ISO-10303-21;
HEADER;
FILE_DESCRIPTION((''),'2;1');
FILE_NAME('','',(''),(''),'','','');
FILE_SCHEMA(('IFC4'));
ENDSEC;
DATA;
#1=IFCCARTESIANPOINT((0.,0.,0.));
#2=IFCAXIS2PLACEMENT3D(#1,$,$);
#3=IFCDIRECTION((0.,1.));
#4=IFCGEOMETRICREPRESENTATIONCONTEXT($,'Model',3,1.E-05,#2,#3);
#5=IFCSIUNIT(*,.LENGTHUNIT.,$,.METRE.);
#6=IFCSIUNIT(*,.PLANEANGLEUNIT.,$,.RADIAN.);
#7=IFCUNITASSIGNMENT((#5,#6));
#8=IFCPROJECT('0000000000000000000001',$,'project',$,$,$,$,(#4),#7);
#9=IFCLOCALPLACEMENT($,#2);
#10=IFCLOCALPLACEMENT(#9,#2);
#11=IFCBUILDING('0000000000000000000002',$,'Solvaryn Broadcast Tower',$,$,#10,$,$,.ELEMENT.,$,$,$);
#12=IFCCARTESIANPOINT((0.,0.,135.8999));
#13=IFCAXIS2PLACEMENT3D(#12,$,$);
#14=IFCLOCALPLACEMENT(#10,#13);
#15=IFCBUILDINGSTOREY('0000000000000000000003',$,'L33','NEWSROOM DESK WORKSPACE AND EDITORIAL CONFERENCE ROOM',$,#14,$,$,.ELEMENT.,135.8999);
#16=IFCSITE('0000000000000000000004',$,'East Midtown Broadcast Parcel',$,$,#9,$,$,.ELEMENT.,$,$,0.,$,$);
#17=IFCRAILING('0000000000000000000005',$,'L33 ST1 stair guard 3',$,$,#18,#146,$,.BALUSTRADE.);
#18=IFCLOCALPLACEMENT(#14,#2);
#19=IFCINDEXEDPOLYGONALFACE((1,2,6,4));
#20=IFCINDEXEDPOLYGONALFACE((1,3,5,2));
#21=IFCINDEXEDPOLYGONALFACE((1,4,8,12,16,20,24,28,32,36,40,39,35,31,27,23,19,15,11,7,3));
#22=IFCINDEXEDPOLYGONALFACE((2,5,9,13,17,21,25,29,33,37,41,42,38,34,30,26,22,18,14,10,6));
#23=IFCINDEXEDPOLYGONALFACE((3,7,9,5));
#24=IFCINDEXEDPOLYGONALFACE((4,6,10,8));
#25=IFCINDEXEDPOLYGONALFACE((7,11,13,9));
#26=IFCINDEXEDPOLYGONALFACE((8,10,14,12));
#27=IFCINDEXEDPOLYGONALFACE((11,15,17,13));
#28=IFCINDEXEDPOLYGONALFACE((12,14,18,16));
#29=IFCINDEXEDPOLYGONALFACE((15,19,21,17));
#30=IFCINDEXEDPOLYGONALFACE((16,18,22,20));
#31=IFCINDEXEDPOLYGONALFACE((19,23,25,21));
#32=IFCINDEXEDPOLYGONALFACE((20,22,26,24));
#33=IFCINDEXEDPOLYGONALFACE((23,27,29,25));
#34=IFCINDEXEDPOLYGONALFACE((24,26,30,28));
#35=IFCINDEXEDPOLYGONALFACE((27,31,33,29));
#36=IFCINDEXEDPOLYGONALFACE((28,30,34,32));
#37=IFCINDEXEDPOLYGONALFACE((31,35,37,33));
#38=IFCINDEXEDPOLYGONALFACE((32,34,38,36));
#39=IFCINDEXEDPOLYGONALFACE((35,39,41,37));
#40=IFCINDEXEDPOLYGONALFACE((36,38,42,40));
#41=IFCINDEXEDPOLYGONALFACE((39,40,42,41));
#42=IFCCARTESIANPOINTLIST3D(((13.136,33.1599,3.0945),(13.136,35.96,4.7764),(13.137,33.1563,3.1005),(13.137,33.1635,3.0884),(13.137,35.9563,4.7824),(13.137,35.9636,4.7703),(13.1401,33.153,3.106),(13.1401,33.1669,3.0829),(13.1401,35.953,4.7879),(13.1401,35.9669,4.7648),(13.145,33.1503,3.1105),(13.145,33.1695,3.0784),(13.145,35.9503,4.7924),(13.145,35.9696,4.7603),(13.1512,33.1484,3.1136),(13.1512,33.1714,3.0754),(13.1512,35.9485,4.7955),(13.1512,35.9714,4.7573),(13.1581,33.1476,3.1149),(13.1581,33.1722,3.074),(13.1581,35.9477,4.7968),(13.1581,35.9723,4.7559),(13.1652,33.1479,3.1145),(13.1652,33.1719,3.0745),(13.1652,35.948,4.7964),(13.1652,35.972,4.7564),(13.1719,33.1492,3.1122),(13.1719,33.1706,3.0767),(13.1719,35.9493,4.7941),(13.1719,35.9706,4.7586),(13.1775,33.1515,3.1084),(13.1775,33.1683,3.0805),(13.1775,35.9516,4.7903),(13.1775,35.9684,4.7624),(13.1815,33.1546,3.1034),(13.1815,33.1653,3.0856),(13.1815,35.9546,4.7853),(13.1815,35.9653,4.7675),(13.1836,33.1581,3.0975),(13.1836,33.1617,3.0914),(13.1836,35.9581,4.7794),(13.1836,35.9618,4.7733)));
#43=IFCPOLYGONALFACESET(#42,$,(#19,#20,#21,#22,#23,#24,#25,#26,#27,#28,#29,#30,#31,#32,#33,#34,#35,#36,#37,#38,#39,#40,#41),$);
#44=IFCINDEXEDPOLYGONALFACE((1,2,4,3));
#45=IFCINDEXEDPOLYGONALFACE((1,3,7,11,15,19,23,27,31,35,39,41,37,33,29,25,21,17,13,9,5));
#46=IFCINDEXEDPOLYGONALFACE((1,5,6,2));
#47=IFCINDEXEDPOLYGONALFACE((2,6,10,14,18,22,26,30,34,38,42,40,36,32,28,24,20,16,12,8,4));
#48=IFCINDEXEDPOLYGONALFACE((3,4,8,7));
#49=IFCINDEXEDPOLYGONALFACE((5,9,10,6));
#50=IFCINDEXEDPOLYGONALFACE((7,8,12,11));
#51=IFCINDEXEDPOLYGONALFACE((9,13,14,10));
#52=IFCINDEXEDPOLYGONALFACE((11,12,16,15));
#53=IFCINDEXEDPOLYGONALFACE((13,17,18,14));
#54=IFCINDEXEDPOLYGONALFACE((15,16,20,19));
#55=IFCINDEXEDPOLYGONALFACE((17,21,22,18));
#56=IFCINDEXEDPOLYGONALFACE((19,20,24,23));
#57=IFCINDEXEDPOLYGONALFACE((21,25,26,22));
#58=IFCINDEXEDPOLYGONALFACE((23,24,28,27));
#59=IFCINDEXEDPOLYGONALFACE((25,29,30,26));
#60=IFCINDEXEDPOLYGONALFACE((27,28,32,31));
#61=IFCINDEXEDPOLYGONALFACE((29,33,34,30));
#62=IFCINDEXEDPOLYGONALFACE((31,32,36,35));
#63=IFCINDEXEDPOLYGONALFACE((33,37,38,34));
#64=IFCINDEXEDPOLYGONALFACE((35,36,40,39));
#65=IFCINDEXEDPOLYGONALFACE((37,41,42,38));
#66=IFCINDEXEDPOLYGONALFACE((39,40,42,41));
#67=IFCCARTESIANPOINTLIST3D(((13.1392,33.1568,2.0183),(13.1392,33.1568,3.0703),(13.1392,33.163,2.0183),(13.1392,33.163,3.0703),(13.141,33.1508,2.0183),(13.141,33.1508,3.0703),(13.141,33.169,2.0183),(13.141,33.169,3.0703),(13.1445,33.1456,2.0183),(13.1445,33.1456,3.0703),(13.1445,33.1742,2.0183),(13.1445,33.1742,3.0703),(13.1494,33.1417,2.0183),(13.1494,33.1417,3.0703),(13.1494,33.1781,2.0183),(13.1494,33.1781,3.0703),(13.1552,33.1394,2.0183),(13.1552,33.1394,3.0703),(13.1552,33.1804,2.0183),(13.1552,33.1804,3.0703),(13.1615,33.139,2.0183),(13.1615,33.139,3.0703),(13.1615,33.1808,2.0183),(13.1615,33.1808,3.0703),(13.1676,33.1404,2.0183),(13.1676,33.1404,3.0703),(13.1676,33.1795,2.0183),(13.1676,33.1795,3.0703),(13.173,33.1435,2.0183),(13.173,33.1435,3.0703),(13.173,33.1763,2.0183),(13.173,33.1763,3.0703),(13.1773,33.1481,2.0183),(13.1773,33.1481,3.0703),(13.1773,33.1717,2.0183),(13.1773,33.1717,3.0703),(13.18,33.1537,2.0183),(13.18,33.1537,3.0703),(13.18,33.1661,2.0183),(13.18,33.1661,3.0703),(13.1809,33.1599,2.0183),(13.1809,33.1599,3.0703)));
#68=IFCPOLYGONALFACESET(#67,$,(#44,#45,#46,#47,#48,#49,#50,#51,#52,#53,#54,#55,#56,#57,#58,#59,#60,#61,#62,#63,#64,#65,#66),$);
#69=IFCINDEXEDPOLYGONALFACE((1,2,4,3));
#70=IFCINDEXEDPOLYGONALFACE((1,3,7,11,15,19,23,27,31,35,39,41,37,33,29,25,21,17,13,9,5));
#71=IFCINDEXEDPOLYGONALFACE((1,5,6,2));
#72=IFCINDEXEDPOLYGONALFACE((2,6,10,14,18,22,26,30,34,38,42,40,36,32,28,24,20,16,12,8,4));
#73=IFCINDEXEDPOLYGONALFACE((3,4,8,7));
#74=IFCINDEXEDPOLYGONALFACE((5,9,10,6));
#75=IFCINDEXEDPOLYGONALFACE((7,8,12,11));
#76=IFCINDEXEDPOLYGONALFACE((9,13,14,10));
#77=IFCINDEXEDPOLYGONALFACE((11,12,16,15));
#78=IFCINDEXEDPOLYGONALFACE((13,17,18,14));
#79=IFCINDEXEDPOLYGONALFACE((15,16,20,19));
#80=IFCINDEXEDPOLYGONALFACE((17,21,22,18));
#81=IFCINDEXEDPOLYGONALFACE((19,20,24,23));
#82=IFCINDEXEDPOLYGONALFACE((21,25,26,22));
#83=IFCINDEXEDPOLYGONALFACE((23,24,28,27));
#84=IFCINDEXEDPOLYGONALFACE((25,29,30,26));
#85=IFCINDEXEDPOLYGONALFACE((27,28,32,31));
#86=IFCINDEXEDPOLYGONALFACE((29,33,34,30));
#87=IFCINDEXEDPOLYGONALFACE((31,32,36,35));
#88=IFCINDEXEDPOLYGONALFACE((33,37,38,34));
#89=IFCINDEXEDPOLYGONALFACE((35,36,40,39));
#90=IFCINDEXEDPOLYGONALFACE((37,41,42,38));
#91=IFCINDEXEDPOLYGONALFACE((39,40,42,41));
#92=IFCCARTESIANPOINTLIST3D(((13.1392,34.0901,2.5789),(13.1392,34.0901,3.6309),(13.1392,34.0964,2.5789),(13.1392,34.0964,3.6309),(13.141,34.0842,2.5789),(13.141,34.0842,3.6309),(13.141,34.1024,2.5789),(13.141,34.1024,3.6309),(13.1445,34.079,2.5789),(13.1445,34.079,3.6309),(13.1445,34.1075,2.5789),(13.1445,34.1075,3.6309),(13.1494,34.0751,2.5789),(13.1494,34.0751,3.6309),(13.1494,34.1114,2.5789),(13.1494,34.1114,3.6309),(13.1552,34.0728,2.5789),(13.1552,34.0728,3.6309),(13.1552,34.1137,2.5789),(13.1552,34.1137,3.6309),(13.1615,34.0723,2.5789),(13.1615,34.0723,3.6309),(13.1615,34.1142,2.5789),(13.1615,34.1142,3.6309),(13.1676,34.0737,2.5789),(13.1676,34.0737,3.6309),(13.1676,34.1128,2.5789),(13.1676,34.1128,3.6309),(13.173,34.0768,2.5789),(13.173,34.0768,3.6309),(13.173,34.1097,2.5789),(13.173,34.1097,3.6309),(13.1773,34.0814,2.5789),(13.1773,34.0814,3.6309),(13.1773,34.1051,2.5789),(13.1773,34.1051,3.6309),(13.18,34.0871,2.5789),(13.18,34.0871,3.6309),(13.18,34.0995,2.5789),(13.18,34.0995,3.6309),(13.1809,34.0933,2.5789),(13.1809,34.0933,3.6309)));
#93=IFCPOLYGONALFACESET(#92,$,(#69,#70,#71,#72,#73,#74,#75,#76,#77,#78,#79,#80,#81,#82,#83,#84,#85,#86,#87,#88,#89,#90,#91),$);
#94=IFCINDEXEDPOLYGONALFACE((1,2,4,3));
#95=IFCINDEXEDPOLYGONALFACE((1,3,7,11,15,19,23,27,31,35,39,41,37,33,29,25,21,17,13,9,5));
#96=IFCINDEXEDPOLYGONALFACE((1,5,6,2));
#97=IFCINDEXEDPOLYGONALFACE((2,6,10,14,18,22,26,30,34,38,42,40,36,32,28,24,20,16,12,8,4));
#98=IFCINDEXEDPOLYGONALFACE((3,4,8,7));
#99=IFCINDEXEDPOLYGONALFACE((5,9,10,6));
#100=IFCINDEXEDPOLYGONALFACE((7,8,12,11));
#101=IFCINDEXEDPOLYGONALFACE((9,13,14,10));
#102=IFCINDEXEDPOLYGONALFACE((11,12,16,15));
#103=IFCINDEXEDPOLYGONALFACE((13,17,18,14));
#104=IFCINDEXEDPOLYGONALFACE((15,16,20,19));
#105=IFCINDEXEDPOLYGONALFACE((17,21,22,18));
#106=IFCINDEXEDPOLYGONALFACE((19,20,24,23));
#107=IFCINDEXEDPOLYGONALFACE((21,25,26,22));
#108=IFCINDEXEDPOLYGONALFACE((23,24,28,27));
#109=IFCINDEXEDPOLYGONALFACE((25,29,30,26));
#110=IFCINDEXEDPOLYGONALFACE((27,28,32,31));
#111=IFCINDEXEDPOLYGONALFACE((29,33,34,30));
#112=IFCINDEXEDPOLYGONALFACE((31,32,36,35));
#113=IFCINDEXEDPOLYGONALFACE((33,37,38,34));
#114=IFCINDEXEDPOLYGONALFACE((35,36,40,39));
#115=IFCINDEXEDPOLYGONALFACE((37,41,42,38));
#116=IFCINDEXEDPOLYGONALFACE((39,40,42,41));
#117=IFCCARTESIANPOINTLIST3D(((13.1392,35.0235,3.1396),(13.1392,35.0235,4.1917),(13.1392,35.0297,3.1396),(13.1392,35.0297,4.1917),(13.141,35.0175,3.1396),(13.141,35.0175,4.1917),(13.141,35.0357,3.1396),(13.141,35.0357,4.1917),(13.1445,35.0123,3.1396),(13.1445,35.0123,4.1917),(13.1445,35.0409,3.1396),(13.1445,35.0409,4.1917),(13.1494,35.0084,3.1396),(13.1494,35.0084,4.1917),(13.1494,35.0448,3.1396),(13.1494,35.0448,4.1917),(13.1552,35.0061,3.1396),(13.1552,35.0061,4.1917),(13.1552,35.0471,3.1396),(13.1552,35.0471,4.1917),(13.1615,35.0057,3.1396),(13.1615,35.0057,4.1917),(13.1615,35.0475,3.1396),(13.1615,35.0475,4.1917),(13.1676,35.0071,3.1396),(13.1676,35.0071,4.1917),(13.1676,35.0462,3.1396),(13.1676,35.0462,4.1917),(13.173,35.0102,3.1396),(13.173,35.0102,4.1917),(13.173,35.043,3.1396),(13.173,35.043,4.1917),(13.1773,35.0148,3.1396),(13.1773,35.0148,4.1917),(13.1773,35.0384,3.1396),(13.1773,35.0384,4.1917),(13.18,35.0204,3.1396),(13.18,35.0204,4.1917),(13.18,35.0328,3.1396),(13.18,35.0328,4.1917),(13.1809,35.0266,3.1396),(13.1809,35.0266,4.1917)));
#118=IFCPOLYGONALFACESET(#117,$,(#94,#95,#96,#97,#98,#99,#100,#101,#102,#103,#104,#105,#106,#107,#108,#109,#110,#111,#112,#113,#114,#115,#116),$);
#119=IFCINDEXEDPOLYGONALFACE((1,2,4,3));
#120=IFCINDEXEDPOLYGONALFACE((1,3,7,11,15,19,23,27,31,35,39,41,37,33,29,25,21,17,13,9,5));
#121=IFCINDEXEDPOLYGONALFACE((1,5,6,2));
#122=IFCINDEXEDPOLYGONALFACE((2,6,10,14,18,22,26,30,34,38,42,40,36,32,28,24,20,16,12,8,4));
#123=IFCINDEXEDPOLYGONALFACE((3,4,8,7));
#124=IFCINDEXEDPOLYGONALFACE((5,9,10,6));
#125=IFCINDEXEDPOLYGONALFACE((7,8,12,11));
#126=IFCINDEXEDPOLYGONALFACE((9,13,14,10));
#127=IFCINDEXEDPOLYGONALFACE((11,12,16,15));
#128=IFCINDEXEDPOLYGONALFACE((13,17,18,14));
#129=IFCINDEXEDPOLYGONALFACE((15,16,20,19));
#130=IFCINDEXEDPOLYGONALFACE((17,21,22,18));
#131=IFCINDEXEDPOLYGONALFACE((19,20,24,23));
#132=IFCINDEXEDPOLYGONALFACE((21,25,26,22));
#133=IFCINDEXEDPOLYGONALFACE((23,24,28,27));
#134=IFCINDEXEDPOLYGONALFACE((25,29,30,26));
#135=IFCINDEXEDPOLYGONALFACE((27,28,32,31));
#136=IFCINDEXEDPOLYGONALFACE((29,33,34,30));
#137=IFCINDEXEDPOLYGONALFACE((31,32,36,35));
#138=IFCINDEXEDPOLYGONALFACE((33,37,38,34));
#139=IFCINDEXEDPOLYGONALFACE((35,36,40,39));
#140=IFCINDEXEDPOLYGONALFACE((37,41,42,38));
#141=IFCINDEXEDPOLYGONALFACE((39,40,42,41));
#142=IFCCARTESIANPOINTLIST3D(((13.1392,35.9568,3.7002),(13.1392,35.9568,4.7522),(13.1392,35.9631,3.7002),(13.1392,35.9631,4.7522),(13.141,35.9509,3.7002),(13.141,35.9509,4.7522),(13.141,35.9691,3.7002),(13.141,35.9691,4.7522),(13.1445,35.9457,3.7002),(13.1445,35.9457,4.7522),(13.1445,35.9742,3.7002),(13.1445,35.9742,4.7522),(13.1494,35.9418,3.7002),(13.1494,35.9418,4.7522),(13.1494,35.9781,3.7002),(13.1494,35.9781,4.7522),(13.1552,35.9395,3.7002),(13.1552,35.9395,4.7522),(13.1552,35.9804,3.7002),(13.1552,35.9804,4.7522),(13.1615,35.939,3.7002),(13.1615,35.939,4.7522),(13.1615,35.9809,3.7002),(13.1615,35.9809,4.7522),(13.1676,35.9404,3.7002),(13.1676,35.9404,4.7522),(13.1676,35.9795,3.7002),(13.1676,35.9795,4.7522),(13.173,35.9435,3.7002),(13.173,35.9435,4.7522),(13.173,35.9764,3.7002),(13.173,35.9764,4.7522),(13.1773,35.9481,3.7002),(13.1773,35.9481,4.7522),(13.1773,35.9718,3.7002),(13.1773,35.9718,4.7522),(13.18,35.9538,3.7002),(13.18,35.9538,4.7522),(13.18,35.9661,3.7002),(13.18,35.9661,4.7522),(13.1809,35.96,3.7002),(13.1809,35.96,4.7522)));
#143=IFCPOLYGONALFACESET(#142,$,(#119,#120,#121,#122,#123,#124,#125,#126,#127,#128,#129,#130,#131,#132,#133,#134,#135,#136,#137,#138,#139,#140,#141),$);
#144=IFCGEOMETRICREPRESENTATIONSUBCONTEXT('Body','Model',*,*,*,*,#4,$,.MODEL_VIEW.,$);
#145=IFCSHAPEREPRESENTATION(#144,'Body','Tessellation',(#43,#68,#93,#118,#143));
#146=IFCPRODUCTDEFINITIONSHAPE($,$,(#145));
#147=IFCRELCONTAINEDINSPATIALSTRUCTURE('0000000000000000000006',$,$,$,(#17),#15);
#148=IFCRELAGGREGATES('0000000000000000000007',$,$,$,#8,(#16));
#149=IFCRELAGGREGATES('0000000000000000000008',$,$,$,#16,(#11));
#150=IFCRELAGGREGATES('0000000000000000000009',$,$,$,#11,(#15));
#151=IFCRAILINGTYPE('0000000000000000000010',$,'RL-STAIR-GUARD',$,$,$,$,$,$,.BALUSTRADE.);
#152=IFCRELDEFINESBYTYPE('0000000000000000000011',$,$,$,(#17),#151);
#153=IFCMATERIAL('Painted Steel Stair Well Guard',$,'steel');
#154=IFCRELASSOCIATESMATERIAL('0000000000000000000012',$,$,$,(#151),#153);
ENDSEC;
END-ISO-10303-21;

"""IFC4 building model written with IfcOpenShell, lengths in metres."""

from ifc_helpers import new_model, si_unit, direction, frame, origin, origin_2d, place, context, subcontext, project, spatial, circle, extrude, material, type_object, element, save


model = new_model("IFC4")

# Units and contexts
model_context = context("Model", 3, precision=1e-05, world=origin(), true_north=direction((0.0, 1.0)))
body_context = subcontext(model_context, "Body", "Model", "MODEL_VIEW")
ifc_project = project(units=[si_unit("LENGTHUNIT", "METRE"), si_unit("PLANEANGLEUNIT", "RADIAN")], contexts=[model_context])

# Site, building, storey
site_placement = place(None, origin())
site = spatial("IfcSite", under=ifc_project, at=site_placement, Name="East Midtown Broadcast Parcel", CompositionType="ELEMENT", RefElevation=0.0)
building_placement = place(site_placement, origin())
building = spatial("IfcBuilding", under=site, at=building_placement, Name="Solvaryn Broadcast Tower", CompositionType="ELEMENT")
storey_placement = place(building_placement, frame((0.0, 0.0, 135.8999)))
storey = spatial("IfcBuildingStorey", under=building, at=storey_placement, Name="L33", Description="NEWSROOM DESK WORKSPACE AND EDITORIAL CONFERENCE ROOM", CompositionType="ELEMENT", Elevation=135.8999)

# Railing
ifc_material_1 = material(Name="Painted Steel Stair Well Guard", Category="steel")
railing_type_1 = type_object("IfcRailingType", Name="RL-STAIR-GUARD", PredefinedType="BALUSTRADE", material=ifc_material_1)
railing_1_placement = place(storey_placement, frame((13.1599, 33.1599, 2.0183)))
element("IfcRailing", 1, at=railing_1_placement, inside=storey, type_object=railing_type_1, Name="L33 ST1 stair guard 3", PredefinedType="BALUSTRADE", context=body_context, shape_type="SweptSolid", body=[
    extrude(circle(Radius=0.0239, at=origin_2d()), frame((0.0, 0.0, 1.0762), z_axis=(0.0, 0.857242, 0.514913), x_axis=(-1.0, 0.0, 0.0)), (0.0, 0.0, 1.0), 3.2664),
    extrude(circle(Radius=0.021, at=origin_2d()), origin(), (0.0, 0.0, 1.0), 1.052),
    extrude(circle(Radius=0.021, at=origin_2d()), frame((0.0, 0.9333, 0.5605)), (0.0, 0.0, 1.0), 1.052),
    extrude(circle(Radius=0.021, at=origin_2d()), frame((0.0, 1.8667, 1.1213)), (0.0, 0.0, 1.0), 1.052),
    extrude(circle(Radius=0.021, at=origin_2d()), frame((0.0, 2.8, 1.6819)), (0.0, 0.0, 1.0), 1.052),
])

save(model, "model.ifc")
